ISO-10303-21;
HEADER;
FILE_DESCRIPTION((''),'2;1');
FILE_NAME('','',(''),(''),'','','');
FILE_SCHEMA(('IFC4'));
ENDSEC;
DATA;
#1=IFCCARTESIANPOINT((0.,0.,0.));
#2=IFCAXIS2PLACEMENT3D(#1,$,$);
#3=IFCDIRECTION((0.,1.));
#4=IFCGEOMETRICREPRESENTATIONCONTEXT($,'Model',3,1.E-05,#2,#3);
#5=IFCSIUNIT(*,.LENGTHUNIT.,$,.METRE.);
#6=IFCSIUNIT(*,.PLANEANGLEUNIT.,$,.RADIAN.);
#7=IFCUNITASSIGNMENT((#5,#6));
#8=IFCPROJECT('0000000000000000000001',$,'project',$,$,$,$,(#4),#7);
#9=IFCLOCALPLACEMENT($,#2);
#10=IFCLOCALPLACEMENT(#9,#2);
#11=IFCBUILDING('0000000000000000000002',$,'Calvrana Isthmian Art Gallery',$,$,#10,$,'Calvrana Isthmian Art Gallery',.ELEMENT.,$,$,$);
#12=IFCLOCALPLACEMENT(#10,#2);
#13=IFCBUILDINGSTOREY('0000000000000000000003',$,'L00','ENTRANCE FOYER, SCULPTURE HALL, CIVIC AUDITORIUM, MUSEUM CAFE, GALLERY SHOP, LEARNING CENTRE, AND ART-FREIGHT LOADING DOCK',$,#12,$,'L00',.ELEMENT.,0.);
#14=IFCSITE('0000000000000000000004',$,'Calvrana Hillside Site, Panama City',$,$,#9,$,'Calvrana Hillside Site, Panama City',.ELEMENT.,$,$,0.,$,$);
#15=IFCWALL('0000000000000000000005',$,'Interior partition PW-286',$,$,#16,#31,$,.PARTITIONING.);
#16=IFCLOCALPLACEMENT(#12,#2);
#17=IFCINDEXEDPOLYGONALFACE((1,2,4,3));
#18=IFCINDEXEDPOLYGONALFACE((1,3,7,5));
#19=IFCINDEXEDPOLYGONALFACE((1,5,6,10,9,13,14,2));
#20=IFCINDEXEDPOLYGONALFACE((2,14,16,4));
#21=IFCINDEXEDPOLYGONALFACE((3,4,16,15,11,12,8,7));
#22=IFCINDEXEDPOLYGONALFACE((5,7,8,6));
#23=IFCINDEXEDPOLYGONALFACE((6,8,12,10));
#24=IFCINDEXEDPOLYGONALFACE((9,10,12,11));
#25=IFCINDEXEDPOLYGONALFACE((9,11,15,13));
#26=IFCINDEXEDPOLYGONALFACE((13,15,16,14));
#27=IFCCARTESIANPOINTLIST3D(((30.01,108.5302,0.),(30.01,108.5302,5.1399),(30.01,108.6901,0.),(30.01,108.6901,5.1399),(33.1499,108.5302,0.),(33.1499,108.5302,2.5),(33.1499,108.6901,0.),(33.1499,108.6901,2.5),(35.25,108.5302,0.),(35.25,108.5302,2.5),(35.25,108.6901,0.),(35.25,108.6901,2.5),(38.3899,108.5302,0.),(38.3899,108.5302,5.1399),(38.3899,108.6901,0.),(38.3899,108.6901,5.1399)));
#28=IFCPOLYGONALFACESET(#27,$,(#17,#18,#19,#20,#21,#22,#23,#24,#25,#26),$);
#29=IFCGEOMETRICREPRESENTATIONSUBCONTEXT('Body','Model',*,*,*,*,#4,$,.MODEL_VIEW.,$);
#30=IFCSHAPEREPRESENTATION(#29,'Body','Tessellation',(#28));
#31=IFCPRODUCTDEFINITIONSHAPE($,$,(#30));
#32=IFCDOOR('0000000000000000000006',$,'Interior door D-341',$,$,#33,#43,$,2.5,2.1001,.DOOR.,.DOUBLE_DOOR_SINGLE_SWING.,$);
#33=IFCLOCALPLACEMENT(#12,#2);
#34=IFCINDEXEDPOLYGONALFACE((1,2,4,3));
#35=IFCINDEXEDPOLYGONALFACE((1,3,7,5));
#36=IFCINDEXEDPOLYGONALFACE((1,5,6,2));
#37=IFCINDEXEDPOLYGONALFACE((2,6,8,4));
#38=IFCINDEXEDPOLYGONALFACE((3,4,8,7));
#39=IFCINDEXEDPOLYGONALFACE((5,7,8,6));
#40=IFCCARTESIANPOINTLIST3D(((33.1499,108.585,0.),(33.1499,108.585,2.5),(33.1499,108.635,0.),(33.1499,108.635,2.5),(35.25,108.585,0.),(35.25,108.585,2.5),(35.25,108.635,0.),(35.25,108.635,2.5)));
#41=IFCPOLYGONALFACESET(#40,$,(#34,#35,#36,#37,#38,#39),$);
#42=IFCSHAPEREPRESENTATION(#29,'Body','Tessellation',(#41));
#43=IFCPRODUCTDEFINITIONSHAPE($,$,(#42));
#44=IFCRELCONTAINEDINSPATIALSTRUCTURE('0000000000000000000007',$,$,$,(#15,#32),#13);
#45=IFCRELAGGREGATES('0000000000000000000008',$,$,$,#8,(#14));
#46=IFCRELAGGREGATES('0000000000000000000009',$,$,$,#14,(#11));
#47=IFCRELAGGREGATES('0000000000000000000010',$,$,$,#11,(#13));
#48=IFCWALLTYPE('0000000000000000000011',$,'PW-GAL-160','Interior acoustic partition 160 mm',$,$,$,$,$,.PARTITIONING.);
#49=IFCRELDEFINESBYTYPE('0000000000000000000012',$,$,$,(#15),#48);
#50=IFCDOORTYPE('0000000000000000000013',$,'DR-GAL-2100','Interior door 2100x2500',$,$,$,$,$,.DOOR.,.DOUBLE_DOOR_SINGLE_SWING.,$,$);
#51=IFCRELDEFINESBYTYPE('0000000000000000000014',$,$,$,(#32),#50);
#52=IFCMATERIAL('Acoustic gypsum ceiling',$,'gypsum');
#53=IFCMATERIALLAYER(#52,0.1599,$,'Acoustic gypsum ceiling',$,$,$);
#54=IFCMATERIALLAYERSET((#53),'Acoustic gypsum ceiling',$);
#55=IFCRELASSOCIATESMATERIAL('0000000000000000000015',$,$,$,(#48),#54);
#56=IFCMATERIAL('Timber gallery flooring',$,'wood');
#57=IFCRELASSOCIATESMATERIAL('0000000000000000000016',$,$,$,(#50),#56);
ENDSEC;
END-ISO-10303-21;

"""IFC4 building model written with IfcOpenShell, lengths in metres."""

from ifc_helpers import new_model, si_unit, direction, frame, frame_2d, origin, place, context, subcontext, project, spatial, rectangle, extrude, material, layer, layer_set, type_object, element, fill, save


model = new_model("IFC4")

# Units and contexts
model_context = context("Model", 3, precision=1e-05, world=origin(), true_north=direction((0.0, 1.0)))
body_context = subcontext(model_context, "Body", "Model", "MODEL_VIEW")
ifc_project = project(units=[si_unit("LENGTHUNIT", "METRE"), si_unit("PLANEANGLEUNIT", "RADIAN")], contexts=[model_context])

# Site, building, storey
site_placement = place(None, origin())
site = spatial("IfcSite", under=ifc_project, at=site_placement, Name="Calvrana Hillside Site, Panama City", LongName="Calvrana Hillside Site, Panama City", CompositionType="ELEMENT", RefElevation=0.0)
building_placement = place(site_placement, origin())
building = spatial("IfcBuilding", under=site, at=building_placement, Name="Calvrana Isthmian Art Gallery", LongName="Calvrana Isthmian Art Gallery", CompositionType="ELEMENT")
storey_placement = place(building_placement, origin())
storey = spatial("IfcBuildingStorey", under=building, at=storey_placement, Name="L00", Description="ENTRANCE FOYER, SCULPTURE HALL, CIVIC AUDITORIUM, MUSEUM CAFE, GALLERY SHOP, LEARNING CENTRE, AND ART-FREIGHT LOADING DOCK", LongName="L00", CompositionType="ELEMENT", Elevation=0.0)

# Wall, opening, door
ifc_material_1 = material(Name="Acoustic gypsum ceiling", Category="gypsum")
ifc_layer_1 = layer(ifc_material_1, 0.1599, Name="Acoustic gypsum ceiling")
ifc_layer_set_1 = layer_set([ifc_layer_1], Name="Acoustic gypsum ceiling")
wall_type = type_object("IfcWallType", Name="PW-GAL-160", Description="Interior acoustic partition 160 mm", PredefinedType="PARTITIONING", material=ifc_layer_set_1)
ifc_material_2 = material(Name="Timber gallery flooring", Category="wood")
wall_1_placement = place(storey_placement, frame((30.01, 108.6101, 0.0), z_axis=(0.0, 0.0, 1.0), x_axis=(1.0, 0.0, 0.0)))
wall_1 = element("IfcWall", 1, at=wall_1_placement, inside=storey, type_object=wall_type, Name="Interior partition PW-286", PredefinedType="PARTITIONING", context=body_context, shape_type="SweptSolid", body=[
    extrude(rectangle(XDim=8.3799, YDim=0.1599, at=frame_2d((4.1899, 0.0))), origin(), (0.0, 0.0, 1.0), 5.1399),
])
opening_1_placement = place(wall_1_placement, frame((3.1399, 0.0, 0.0)))
opening_1 = element("IfcOpeningElement", 2, at=opening_1_placement, cuts=wall_1, PredefinedType="OPENING", context=body_context, shape_type="SweptSolid", body=[
    extrude(rectangle(XDim=2.1001, YDim=2.5, at=frame_2d((1.05, 1.25))), frame((0.0, 0.0903, 0.0), z_axis=(0.0, -1.0, 0.0), x_axis=(1.0, 0.0, 0.0)), (0.0, 0.0, 1.0), 0.1804),
])
door_type_1 = type_object("IfcDoorType", Name="DR-GAL-2100", Description="Interior door 2100x2500", OperationType="DOUBLE_DOOR_SINGLE_SWING", PredefinedType="DOOR", material=ifc_material_2)
door_1_placement = place(opening_1_placement, origin())
door_1 = element("IfcDoor", 3, at=door_1_placement, inside=storey, type_object=door_type_1, Name="Interior door D-341", OperationType="DOUBLE_DOOR_SINGLE_SWING", OverallHeight=2.5, OverallWidth=2.1001, PredefinedType="DOOR", context=body_context, shape_type="SweptSolid", body=[
    extrude(rectangle(XDim=2.1001, YDim=2.5, at=frame_2d((1.05, 1.25))), frame((0.0, 0.0249, 0.0), z_axis=(0.0, -1.0, 0.0), x_axis=(1.0, 0.0, 0.0)), (0.0, 0.0, 1.0), 0.05),
])
fill(opening_1, door_1)

save(model, "model.ifc")
